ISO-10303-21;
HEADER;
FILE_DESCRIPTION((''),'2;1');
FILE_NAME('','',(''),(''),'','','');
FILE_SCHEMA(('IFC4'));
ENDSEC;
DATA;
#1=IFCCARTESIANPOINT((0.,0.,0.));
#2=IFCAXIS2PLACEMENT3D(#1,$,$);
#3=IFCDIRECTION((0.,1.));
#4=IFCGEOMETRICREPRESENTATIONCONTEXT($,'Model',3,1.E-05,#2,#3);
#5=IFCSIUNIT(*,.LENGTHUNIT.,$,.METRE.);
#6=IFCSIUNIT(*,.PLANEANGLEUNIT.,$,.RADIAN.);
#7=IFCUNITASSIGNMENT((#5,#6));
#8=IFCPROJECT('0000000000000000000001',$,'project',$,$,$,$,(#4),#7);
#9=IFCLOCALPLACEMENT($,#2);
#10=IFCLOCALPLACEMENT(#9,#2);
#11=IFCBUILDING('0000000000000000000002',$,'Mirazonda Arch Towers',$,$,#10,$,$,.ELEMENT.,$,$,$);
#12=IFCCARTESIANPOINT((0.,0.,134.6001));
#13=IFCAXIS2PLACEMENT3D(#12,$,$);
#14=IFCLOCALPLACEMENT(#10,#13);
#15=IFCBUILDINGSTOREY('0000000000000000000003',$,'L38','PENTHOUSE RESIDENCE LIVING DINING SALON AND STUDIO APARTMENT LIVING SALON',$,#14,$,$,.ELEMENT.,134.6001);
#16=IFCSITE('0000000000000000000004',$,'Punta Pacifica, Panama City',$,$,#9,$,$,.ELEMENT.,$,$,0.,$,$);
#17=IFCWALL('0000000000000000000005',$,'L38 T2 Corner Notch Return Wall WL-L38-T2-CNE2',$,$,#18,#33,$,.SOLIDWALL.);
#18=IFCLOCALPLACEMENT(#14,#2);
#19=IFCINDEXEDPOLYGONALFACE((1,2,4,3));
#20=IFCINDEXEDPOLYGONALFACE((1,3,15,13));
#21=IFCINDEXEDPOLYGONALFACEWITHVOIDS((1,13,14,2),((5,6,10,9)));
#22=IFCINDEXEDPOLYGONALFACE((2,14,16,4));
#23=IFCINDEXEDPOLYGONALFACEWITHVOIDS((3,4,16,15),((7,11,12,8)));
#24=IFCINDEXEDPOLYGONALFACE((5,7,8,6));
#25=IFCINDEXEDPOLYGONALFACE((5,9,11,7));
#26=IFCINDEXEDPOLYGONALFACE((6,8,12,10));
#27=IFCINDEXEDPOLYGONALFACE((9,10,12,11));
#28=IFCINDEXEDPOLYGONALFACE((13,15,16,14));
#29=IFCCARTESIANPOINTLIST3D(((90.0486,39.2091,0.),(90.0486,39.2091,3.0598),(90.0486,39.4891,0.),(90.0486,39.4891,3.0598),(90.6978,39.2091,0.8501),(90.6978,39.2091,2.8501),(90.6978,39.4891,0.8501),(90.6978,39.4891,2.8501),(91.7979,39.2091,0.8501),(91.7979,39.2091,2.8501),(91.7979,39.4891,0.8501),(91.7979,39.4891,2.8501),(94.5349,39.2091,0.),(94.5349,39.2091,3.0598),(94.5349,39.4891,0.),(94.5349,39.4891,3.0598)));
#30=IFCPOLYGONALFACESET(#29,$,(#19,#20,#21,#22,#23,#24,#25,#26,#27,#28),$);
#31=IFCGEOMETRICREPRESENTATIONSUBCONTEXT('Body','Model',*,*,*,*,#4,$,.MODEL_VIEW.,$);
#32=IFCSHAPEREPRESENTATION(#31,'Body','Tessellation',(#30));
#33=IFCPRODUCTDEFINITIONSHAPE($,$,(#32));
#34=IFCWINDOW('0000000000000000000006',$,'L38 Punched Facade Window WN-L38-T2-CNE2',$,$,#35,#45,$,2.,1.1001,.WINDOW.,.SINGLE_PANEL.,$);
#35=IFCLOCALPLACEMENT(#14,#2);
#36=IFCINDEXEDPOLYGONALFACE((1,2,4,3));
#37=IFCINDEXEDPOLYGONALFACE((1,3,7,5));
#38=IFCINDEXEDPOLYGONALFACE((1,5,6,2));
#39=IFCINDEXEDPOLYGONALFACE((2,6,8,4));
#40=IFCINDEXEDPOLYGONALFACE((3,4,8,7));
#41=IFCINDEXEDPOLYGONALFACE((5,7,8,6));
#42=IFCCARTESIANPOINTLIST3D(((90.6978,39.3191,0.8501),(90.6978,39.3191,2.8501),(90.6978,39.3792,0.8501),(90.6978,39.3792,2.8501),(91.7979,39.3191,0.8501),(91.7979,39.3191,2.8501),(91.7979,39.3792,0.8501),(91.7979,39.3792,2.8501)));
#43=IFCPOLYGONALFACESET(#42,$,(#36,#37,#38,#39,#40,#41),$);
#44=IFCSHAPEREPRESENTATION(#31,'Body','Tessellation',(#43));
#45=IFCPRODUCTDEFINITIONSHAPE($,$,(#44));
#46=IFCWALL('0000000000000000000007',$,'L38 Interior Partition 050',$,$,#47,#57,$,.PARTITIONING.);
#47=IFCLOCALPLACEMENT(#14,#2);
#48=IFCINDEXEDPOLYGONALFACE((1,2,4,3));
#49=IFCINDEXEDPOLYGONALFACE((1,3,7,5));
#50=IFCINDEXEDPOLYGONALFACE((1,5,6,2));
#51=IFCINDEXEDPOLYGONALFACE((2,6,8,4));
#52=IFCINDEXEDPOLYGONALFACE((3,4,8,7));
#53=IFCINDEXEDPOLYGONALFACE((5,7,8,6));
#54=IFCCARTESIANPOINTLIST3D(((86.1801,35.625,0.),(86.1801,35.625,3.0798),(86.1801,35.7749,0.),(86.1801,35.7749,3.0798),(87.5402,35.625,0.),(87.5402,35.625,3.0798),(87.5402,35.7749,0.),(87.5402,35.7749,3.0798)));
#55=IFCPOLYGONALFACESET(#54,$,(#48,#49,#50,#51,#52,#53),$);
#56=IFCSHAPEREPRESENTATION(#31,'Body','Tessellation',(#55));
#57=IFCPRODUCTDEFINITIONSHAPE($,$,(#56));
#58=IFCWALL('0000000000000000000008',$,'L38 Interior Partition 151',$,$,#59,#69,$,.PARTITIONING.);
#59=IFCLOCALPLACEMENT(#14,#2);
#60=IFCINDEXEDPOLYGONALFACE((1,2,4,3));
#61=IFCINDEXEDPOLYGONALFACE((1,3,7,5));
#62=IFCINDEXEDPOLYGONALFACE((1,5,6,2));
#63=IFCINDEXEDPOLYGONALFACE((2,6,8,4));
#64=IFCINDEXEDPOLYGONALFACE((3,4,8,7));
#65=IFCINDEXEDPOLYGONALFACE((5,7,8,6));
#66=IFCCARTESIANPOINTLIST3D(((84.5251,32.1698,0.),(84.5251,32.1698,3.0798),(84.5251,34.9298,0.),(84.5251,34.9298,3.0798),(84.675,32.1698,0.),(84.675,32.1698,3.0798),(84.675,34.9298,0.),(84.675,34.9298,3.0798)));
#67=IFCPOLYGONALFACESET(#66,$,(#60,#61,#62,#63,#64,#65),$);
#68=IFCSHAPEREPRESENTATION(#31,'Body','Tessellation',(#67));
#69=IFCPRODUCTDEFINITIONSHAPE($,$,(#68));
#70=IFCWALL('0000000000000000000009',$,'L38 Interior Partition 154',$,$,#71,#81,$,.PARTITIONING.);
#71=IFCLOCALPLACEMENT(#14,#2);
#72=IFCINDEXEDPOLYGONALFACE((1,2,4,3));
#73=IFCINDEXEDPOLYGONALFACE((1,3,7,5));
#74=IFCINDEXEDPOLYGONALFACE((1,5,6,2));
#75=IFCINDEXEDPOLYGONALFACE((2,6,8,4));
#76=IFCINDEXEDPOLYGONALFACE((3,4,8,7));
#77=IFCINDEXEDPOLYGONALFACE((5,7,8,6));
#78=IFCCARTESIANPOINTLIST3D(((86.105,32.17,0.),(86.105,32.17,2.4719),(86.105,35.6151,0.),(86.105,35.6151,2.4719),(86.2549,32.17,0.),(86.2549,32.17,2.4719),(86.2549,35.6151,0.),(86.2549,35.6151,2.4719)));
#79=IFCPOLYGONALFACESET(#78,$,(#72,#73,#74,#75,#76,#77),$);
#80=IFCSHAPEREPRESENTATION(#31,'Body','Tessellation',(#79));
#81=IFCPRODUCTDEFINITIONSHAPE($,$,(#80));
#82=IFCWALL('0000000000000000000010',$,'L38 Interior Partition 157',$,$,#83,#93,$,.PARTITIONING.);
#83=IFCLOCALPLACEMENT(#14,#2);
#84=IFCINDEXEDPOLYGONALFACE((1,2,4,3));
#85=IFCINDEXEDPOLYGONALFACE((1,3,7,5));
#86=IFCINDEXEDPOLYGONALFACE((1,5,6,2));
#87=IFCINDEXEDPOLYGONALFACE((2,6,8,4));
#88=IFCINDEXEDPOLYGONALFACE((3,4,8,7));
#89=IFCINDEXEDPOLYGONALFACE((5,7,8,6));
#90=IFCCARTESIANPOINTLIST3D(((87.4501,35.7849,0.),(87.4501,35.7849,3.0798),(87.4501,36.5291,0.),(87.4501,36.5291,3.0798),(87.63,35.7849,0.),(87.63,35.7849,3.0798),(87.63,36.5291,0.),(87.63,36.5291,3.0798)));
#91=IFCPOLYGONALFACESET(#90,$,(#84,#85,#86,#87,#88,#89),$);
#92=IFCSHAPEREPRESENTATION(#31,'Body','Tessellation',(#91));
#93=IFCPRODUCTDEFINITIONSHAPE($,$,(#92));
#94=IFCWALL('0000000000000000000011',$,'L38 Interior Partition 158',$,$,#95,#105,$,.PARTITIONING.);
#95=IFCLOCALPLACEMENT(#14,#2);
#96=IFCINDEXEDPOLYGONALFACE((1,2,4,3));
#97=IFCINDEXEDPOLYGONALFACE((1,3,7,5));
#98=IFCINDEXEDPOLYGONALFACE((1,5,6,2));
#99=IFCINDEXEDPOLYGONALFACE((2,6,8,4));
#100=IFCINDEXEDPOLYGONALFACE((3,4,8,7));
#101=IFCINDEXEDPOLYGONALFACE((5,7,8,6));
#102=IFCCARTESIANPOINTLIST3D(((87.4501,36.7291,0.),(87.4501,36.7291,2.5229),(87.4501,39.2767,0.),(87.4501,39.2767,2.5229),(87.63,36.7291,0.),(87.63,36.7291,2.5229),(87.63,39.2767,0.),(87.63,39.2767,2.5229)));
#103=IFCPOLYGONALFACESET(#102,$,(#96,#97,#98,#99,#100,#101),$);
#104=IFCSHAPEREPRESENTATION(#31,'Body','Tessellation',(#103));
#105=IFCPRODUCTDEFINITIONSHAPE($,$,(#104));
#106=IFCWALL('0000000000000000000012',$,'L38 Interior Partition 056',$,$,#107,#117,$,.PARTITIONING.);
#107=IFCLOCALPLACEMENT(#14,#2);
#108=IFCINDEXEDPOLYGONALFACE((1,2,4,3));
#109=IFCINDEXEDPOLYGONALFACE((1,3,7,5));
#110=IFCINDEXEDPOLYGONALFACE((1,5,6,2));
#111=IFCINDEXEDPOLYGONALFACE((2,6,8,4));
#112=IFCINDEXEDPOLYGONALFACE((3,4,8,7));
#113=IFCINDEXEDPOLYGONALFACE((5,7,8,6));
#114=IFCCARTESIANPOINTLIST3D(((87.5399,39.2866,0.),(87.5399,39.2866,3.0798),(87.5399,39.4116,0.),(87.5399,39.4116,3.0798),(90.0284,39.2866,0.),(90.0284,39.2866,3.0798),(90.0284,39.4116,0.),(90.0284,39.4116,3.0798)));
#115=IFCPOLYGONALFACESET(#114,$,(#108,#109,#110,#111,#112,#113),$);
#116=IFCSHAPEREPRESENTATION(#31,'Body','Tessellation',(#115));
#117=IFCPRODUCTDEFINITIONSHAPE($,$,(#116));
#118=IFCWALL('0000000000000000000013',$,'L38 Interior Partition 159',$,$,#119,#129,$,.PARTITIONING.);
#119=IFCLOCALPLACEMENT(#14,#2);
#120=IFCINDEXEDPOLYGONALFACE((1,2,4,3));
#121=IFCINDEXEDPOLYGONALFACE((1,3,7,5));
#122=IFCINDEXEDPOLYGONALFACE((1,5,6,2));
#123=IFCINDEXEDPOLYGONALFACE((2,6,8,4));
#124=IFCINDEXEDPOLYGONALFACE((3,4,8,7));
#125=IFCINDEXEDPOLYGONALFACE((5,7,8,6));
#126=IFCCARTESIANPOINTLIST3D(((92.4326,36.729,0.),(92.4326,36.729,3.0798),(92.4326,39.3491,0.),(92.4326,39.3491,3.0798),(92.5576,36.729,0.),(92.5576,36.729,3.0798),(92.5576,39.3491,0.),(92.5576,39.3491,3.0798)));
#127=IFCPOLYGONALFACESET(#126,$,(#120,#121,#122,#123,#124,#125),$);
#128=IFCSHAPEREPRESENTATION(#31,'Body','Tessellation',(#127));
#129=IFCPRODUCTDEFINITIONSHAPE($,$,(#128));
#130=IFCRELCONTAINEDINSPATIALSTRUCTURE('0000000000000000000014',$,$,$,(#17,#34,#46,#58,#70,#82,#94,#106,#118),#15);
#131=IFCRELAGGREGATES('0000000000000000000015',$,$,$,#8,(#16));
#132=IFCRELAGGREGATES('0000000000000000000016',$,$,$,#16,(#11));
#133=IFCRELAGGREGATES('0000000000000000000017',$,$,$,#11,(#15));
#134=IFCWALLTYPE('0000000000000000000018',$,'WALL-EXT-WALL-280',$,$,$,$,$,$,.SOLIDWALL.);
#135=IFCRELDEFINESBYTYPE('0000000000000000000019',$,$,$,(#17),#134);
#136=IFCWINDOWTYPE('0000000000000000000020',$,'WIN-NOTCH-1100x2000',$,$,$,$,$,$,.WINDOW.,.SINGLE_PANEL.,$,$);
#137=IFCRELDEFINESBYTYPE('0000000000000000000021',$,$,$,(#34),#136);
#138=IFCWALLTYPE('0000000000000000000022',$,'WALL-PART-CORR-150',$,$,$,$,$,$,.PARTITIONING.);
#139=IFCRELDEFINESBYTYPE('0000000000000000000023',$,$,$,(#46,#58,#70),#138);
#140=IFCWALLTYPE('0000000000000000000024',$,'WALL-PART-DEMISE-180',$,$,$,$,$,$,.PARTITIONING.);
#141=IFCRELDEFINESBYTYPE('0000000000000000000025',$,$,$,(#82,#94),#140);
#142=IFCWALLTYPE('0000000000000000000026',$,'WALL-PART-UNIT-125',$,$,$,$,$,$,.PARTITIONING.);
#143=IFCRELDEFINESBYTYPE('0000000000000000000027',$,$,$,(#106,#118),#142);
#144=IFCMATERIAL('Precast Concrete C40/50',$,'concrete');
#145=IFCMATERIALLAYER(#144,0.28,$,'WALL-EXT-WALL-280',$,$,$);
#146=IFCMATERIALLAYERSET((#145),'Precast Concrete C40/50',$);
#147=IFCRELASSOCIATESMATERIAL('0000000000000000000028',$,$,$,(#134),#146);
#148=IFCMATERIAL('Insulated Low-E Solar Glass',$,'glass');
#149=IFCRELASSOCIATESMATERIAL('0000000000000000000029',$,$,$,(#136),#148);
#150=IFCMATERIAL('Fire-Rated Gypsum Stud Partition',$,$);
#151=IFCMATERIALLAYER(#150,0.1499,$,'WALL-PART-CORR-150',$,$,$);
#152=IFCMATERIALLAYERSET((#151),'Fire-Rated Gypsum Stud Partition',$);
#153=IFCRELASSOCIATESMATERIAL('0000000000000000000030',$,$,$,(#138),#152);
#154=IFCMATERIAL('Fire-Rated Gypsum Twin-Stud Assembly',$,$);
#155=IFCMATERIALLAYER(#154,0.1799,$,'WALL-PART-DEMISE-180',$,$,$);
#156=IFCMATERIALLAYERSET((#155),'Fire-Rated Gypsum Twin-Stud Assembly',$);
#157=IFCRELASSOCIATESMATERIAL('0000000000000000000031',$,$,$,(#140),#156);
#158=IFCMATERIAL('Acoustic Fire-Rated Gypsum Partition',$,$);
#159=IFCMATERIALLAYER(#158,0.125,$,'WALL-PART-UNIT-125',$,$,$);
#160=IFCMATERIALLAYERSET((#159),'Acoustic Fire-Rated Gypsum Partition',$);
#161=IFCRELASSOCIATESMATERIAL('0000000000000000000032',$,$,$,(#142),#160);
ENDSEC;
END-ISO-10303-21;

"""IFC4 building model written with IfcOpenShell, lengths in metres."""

from ifc_helpers import new_model, si_unit, direction, frame, frame_2d, origin, place, context, subcontext, project, spatial, rectangle, extrude, material, layer, layer_set, type_object, element, fill, save


model = new_model("IFC4")

# Units and contexts
model_context = context("Model", 3, precision=1e-05, world=origin(), true_north=direction((0.0, 1.0)))
body_context = subcontext(model_context, "Body", "Model", "MODEL_VIEW")
ifc_project = project(units=[si_unit("LENGTHUNIT", "METRE"), si_unit("PLANEANGLEUNIT", "RADIAN")], contexts=[model_context])

# Site, building, storey
site_placement = place(None, origin())
site = spatial("IfcSite", under=ifc_project, at=site_placement, Name="Punta Pacifica, Panama City", CompositionType="ELEMENT", RefElevation=0.0)
building_placement = place(site_placement, origin())
building = spatial("IfcBuilding", under=site, at=building_placement, Name="Mirazonda Arch Towers", CompositionType="ELEMENT")
storey_placement = place(building_placement, frame((0.0, 0.0, 134.6001)))
storey = spatial("IfcBuildingStorey", under=building, at=storey_placement, Name="L38", Description="PENTHOUSE RESIDENCE LIVING DINING SALON AND STUDIO APARTMENT LIVING SALON", CompositionType="ELEMENT", Elevation=134.6001)

# Shared definitions
ifc_material_1 = material(Name="Insulated Low-E Solar Glass", Category="glass")

# Wall, opening, window
ifc_material_2 = material(Name="Precast Concrete C40/50", Category="concrete")
ifc_layer_1 = layer(ifc_material_2, 0.28, Name="WALL-EXT-WALL-280")
ifc_layer_set_1 = layer_set([ifc_layer_1], Name="Precast Concrete C40/50")
wall_type_1 = type_object("IfcWallType", Name="WALL-EXT-WALL-280", PredefinedType="SOLIDWALL", material=ifc_layer_set_1)
window_type = type_object("IfcWindowType", Name="WIN-NOTCH-1100x2000", PartitioningType="SINGLE_PANEL", PredefinedType="WINDOW", material=ifc_material_1)
wall_1_placement = place(storey_placement, frame((94.5349, 39.3491, 0.0), z_axis=(0.0, 0.0, 1.0), x_axis=(-1.0, 0.0, 0.0)))
wall_1 = element("IfcWall", 1, at=wall_1_placement, inside=storey, type_object=wall_type_1, Name="L38 T2 Corner Notch Return Wall WL-L38-T2-CNE2", PredefinedType="SOLIDWALL", context=body_context, shape_type="SweptSolid", body=[
    extrude(rectangle(XDim=4.4863, YDim=0.28, at=frame_2d((2.2432, 0.0))), origin(), (0.0, 0.0, 1.0), 3.0598),
])
opening_1_placement = place(wall_1_placement, frame((2.7371, 0.0, 0.8501)))
opening_1 = element("IfcOpeningElement", 2, at=opening_1_placement, cuts=wall_1, PredefinedType="OPENING", context=body_context, shape_type="SweptSolid", body=[
    extrude(rectangle(XDim=1.1001, YDim=2.0, at=frame_2d((0.55, 1.0))), frame((0.0, 0.1499, 0.0), z_axis=(0.0, -1.0, 0.0), x_axis=(1.0, 0.0, 0.0)), (0.0, 0.0, 1.0), 0.3),
])
window_1_placement = place(opening_1_placement, origin())
window_1 = element("IfcWindow", 3, at=window_1_placement, inside=storey, type_object=window_type, Name="L38 Punched Facade Window WN-L38-T2-CNE2", OverallHeight=2.0, OverallWidth=1.1001, PartitioningType="SINGLE_PANEL", PredefinedType="WINDOW", context=body_context, shape_type="SweptSolid", body=[
    extrude(rectangle(XDim=1.1001, YDim=2.0, at=frame_2d((0.55, 1.0))), frame((0.0, 0.03, 0.0), z_axis=(0.0, -1.0, 0.0), x_axis=(1.0, 0.0, 0.0)), (0.0, 0.0, 1.0), 0.0601),
])
fill(opening_1, window_1)

# Walls
ifc_material_3 = material(Name="Fire-Rated Gypsum Stud Partition")
ifc_layer_2 = layer(ifc_material_3, 0.1499, Name="WALL-PART-CORR-150")
ifc_layer_set_2 = layer_set([ifc_layer_2], Name="Fire-Rated Gypsum Stud Partition")
wall_type_2 = type_object("IfcWallType", Name="WALL-PART-CORR-150", PredefinedType="PARTITIONING", material=ifc_layer_set_2)
wall_2_placement = place(storey_placement, frame((86.1799, 35.7, 0.0), z_axis=(0.0, 0.0, 1.0), x_axis=(1.0, 0.0, 0.0)))
element("IfcWall", 4, at=wall_2_placement, inside=storey, type_object=wall_type_2, Name="L38 Interior Partition 050", PredefinedType="PARTITIONING", context=body_context, shape_type="SweptSolid", body=[
    extrude(rectangle(XDim=1.3601, YDim=0.1499, at=frame_2d((0.6802, 0.0))), origin(), (0.0, 0.0, 1.0), 3.0798),
])
wall_3_placement = place(storey_placement, frame((84.6001, 32.1699, 0.0), z_axis=(0.0, 0.0, 1.0), x_axis=(0.0, 1.0, 0.0)))
element("IfcWall", 5, at=wall_3_placement, inside=storey, type_object=wall_type_2, Name="L38 Interior Partition 151", PredefinedType="PARTITIONING", context=body_context, shape_type="SweptSolid", body=[
    extrude(rectangle(XDim=2.76, YDim=0.1499, at=frame_2d((1.3799, 0.0))), origin(), (0.0, 0.0, 1.0), 3.0798),
])
wall_4_placement = place(storey_placement, frame((86.1799, 32.1699, 0.0), z_axis=(0.0, 0.0, 1.0), x_axis=(0.0, 1.0, 0.0)))
element("IfcWall", 6, at=wall_4_placement, inside=storey, type_object=wall_type_2, Name="L38 Interior Partition 154", PredefinedType="PARTITIONING", context=body_context, shape_type="SweptSolid", body=[
    extrude(rectangle(XDim=3.4451, YDim=0.1499, at=frame_2d((1.7227, 0.0))), origin(), (0.0, 0.0, 1.0), 2.4719),
])

# Shared definitions
ifc_material_4 = material(Name="Fire-Rated Gypsum Twin-Stud Assembly")
ifc_layer_3 = layer(ifc_material_4, 0.1799, Name="WALL-PART-DEMISE-180")
ifc_layer_set_3 = layer_set([ifc_layer_3], Name="Fire-Rated Gypsum Twin-Stud Assembly")
wall_type_3 = type_object("IfcWallType", Name="WALL-PART-DEMISE-180", PredefinedType="PARTITIONING", material=ifc_layer_set_3)

# Walls
wall_5_placement = place(storey_placement, frame((87.54, 35.7849, 0.0), z_axis=(0.0, 0.0, 1.0), x_axis=(0.0, 1.0, 0.0)))
element("IfcWall", 7, at=wall_5_placement, inside=storey, type_object=wall_type_3, Name="L38 Interior Partition 157", PredefinedType="PARTITIONING", context=body_context, shape_type="SweptSolid", body=[
    extrude(rectangle(XDim=0.7441, YDim=0.1799, at=frame_2d((0.3721, 0.0))), origin(), (0.0, 0.0, 1.0), 3.0798),
])
wall_6_placement = place(storey_placement, frame((87.54, 36.729, 0.0), z_axis=(0.0, 0.0, 1.0), x_axis=(0.0, 1.0, 0.0)))
element("IfcWall", 8, at=wall_6_placement, inside=storey, type_object=wall_type_3, Name="L38 Interior Partition 158", PredefinedType="PARTITIONING", context=body_context, shape_type="SweptSolid", body=[
    extrude(rectangle(XDim=2.5476, YDim=0.1799, at=frame_2d((1.2739, 0.0))), origin(), (0.0, 0.0, 1.0), 2.5229),
])
ifc_material_5 = material(Name="Acoustic Fire-Rated Gypsum Partition")
ifc_layer_4 = layer(ifc_material_5, 0.125, Name="WALL-PART-UNIT-125")
ifc_layer_set_4 = layer_set([ifc_layer_4], Name="Acoustic Fire-Rated Gypsum Partition")
wall_type_4 = type_object("IfcWallType", Name="WALL-PART-UNIT-125", PredefinedType="PARTITIONING", material=ifc_layer_set_4)
wall_7_placement = place(storey_placement, frame((87.54, 39.3491, 0.0), z_axis=(0.0, 0.0, 1.0), x_axis=(1.0, 0.0, 0.0)))
element("IfcWall", 9, at=wall_7_placement, inside=storey, type_object=wall_type_4, Name="L38 Interior Partition 056", PredefinedType="PARTITIONING", context=body_context, shape_type="SweptSolid", body=[
    extrude(rectangle(XDim=2.4885, YDim=0.125, at=frame_2d((1.2441, 0.0))), origin(), (0.0, 0.0, 1.0), 3.0798),
])
wall_8_placement = place(storey_placement, frame((92.4951, 36.729, 0.0), z_axis=(0.0, 0.0, 1.0), x_axis=(0.0, 1.0, 0.0)))
element("IfcWall", 10, at=wall_8_placement, inside=storey, type_object=wall_type_4, Name="L38 Interior Partition 159", PredefinedType="PARTITIONING", context=body_context, shape_type="SweptSolid", body=[
    extrude(rectangle(XDim=2.6201, YDim=0.125, at=frame_2d((1.3101, 0.0))), origin(), (0.0, 0.0, 1.0), 3.0798),
])

save(model, "model.ifc")
